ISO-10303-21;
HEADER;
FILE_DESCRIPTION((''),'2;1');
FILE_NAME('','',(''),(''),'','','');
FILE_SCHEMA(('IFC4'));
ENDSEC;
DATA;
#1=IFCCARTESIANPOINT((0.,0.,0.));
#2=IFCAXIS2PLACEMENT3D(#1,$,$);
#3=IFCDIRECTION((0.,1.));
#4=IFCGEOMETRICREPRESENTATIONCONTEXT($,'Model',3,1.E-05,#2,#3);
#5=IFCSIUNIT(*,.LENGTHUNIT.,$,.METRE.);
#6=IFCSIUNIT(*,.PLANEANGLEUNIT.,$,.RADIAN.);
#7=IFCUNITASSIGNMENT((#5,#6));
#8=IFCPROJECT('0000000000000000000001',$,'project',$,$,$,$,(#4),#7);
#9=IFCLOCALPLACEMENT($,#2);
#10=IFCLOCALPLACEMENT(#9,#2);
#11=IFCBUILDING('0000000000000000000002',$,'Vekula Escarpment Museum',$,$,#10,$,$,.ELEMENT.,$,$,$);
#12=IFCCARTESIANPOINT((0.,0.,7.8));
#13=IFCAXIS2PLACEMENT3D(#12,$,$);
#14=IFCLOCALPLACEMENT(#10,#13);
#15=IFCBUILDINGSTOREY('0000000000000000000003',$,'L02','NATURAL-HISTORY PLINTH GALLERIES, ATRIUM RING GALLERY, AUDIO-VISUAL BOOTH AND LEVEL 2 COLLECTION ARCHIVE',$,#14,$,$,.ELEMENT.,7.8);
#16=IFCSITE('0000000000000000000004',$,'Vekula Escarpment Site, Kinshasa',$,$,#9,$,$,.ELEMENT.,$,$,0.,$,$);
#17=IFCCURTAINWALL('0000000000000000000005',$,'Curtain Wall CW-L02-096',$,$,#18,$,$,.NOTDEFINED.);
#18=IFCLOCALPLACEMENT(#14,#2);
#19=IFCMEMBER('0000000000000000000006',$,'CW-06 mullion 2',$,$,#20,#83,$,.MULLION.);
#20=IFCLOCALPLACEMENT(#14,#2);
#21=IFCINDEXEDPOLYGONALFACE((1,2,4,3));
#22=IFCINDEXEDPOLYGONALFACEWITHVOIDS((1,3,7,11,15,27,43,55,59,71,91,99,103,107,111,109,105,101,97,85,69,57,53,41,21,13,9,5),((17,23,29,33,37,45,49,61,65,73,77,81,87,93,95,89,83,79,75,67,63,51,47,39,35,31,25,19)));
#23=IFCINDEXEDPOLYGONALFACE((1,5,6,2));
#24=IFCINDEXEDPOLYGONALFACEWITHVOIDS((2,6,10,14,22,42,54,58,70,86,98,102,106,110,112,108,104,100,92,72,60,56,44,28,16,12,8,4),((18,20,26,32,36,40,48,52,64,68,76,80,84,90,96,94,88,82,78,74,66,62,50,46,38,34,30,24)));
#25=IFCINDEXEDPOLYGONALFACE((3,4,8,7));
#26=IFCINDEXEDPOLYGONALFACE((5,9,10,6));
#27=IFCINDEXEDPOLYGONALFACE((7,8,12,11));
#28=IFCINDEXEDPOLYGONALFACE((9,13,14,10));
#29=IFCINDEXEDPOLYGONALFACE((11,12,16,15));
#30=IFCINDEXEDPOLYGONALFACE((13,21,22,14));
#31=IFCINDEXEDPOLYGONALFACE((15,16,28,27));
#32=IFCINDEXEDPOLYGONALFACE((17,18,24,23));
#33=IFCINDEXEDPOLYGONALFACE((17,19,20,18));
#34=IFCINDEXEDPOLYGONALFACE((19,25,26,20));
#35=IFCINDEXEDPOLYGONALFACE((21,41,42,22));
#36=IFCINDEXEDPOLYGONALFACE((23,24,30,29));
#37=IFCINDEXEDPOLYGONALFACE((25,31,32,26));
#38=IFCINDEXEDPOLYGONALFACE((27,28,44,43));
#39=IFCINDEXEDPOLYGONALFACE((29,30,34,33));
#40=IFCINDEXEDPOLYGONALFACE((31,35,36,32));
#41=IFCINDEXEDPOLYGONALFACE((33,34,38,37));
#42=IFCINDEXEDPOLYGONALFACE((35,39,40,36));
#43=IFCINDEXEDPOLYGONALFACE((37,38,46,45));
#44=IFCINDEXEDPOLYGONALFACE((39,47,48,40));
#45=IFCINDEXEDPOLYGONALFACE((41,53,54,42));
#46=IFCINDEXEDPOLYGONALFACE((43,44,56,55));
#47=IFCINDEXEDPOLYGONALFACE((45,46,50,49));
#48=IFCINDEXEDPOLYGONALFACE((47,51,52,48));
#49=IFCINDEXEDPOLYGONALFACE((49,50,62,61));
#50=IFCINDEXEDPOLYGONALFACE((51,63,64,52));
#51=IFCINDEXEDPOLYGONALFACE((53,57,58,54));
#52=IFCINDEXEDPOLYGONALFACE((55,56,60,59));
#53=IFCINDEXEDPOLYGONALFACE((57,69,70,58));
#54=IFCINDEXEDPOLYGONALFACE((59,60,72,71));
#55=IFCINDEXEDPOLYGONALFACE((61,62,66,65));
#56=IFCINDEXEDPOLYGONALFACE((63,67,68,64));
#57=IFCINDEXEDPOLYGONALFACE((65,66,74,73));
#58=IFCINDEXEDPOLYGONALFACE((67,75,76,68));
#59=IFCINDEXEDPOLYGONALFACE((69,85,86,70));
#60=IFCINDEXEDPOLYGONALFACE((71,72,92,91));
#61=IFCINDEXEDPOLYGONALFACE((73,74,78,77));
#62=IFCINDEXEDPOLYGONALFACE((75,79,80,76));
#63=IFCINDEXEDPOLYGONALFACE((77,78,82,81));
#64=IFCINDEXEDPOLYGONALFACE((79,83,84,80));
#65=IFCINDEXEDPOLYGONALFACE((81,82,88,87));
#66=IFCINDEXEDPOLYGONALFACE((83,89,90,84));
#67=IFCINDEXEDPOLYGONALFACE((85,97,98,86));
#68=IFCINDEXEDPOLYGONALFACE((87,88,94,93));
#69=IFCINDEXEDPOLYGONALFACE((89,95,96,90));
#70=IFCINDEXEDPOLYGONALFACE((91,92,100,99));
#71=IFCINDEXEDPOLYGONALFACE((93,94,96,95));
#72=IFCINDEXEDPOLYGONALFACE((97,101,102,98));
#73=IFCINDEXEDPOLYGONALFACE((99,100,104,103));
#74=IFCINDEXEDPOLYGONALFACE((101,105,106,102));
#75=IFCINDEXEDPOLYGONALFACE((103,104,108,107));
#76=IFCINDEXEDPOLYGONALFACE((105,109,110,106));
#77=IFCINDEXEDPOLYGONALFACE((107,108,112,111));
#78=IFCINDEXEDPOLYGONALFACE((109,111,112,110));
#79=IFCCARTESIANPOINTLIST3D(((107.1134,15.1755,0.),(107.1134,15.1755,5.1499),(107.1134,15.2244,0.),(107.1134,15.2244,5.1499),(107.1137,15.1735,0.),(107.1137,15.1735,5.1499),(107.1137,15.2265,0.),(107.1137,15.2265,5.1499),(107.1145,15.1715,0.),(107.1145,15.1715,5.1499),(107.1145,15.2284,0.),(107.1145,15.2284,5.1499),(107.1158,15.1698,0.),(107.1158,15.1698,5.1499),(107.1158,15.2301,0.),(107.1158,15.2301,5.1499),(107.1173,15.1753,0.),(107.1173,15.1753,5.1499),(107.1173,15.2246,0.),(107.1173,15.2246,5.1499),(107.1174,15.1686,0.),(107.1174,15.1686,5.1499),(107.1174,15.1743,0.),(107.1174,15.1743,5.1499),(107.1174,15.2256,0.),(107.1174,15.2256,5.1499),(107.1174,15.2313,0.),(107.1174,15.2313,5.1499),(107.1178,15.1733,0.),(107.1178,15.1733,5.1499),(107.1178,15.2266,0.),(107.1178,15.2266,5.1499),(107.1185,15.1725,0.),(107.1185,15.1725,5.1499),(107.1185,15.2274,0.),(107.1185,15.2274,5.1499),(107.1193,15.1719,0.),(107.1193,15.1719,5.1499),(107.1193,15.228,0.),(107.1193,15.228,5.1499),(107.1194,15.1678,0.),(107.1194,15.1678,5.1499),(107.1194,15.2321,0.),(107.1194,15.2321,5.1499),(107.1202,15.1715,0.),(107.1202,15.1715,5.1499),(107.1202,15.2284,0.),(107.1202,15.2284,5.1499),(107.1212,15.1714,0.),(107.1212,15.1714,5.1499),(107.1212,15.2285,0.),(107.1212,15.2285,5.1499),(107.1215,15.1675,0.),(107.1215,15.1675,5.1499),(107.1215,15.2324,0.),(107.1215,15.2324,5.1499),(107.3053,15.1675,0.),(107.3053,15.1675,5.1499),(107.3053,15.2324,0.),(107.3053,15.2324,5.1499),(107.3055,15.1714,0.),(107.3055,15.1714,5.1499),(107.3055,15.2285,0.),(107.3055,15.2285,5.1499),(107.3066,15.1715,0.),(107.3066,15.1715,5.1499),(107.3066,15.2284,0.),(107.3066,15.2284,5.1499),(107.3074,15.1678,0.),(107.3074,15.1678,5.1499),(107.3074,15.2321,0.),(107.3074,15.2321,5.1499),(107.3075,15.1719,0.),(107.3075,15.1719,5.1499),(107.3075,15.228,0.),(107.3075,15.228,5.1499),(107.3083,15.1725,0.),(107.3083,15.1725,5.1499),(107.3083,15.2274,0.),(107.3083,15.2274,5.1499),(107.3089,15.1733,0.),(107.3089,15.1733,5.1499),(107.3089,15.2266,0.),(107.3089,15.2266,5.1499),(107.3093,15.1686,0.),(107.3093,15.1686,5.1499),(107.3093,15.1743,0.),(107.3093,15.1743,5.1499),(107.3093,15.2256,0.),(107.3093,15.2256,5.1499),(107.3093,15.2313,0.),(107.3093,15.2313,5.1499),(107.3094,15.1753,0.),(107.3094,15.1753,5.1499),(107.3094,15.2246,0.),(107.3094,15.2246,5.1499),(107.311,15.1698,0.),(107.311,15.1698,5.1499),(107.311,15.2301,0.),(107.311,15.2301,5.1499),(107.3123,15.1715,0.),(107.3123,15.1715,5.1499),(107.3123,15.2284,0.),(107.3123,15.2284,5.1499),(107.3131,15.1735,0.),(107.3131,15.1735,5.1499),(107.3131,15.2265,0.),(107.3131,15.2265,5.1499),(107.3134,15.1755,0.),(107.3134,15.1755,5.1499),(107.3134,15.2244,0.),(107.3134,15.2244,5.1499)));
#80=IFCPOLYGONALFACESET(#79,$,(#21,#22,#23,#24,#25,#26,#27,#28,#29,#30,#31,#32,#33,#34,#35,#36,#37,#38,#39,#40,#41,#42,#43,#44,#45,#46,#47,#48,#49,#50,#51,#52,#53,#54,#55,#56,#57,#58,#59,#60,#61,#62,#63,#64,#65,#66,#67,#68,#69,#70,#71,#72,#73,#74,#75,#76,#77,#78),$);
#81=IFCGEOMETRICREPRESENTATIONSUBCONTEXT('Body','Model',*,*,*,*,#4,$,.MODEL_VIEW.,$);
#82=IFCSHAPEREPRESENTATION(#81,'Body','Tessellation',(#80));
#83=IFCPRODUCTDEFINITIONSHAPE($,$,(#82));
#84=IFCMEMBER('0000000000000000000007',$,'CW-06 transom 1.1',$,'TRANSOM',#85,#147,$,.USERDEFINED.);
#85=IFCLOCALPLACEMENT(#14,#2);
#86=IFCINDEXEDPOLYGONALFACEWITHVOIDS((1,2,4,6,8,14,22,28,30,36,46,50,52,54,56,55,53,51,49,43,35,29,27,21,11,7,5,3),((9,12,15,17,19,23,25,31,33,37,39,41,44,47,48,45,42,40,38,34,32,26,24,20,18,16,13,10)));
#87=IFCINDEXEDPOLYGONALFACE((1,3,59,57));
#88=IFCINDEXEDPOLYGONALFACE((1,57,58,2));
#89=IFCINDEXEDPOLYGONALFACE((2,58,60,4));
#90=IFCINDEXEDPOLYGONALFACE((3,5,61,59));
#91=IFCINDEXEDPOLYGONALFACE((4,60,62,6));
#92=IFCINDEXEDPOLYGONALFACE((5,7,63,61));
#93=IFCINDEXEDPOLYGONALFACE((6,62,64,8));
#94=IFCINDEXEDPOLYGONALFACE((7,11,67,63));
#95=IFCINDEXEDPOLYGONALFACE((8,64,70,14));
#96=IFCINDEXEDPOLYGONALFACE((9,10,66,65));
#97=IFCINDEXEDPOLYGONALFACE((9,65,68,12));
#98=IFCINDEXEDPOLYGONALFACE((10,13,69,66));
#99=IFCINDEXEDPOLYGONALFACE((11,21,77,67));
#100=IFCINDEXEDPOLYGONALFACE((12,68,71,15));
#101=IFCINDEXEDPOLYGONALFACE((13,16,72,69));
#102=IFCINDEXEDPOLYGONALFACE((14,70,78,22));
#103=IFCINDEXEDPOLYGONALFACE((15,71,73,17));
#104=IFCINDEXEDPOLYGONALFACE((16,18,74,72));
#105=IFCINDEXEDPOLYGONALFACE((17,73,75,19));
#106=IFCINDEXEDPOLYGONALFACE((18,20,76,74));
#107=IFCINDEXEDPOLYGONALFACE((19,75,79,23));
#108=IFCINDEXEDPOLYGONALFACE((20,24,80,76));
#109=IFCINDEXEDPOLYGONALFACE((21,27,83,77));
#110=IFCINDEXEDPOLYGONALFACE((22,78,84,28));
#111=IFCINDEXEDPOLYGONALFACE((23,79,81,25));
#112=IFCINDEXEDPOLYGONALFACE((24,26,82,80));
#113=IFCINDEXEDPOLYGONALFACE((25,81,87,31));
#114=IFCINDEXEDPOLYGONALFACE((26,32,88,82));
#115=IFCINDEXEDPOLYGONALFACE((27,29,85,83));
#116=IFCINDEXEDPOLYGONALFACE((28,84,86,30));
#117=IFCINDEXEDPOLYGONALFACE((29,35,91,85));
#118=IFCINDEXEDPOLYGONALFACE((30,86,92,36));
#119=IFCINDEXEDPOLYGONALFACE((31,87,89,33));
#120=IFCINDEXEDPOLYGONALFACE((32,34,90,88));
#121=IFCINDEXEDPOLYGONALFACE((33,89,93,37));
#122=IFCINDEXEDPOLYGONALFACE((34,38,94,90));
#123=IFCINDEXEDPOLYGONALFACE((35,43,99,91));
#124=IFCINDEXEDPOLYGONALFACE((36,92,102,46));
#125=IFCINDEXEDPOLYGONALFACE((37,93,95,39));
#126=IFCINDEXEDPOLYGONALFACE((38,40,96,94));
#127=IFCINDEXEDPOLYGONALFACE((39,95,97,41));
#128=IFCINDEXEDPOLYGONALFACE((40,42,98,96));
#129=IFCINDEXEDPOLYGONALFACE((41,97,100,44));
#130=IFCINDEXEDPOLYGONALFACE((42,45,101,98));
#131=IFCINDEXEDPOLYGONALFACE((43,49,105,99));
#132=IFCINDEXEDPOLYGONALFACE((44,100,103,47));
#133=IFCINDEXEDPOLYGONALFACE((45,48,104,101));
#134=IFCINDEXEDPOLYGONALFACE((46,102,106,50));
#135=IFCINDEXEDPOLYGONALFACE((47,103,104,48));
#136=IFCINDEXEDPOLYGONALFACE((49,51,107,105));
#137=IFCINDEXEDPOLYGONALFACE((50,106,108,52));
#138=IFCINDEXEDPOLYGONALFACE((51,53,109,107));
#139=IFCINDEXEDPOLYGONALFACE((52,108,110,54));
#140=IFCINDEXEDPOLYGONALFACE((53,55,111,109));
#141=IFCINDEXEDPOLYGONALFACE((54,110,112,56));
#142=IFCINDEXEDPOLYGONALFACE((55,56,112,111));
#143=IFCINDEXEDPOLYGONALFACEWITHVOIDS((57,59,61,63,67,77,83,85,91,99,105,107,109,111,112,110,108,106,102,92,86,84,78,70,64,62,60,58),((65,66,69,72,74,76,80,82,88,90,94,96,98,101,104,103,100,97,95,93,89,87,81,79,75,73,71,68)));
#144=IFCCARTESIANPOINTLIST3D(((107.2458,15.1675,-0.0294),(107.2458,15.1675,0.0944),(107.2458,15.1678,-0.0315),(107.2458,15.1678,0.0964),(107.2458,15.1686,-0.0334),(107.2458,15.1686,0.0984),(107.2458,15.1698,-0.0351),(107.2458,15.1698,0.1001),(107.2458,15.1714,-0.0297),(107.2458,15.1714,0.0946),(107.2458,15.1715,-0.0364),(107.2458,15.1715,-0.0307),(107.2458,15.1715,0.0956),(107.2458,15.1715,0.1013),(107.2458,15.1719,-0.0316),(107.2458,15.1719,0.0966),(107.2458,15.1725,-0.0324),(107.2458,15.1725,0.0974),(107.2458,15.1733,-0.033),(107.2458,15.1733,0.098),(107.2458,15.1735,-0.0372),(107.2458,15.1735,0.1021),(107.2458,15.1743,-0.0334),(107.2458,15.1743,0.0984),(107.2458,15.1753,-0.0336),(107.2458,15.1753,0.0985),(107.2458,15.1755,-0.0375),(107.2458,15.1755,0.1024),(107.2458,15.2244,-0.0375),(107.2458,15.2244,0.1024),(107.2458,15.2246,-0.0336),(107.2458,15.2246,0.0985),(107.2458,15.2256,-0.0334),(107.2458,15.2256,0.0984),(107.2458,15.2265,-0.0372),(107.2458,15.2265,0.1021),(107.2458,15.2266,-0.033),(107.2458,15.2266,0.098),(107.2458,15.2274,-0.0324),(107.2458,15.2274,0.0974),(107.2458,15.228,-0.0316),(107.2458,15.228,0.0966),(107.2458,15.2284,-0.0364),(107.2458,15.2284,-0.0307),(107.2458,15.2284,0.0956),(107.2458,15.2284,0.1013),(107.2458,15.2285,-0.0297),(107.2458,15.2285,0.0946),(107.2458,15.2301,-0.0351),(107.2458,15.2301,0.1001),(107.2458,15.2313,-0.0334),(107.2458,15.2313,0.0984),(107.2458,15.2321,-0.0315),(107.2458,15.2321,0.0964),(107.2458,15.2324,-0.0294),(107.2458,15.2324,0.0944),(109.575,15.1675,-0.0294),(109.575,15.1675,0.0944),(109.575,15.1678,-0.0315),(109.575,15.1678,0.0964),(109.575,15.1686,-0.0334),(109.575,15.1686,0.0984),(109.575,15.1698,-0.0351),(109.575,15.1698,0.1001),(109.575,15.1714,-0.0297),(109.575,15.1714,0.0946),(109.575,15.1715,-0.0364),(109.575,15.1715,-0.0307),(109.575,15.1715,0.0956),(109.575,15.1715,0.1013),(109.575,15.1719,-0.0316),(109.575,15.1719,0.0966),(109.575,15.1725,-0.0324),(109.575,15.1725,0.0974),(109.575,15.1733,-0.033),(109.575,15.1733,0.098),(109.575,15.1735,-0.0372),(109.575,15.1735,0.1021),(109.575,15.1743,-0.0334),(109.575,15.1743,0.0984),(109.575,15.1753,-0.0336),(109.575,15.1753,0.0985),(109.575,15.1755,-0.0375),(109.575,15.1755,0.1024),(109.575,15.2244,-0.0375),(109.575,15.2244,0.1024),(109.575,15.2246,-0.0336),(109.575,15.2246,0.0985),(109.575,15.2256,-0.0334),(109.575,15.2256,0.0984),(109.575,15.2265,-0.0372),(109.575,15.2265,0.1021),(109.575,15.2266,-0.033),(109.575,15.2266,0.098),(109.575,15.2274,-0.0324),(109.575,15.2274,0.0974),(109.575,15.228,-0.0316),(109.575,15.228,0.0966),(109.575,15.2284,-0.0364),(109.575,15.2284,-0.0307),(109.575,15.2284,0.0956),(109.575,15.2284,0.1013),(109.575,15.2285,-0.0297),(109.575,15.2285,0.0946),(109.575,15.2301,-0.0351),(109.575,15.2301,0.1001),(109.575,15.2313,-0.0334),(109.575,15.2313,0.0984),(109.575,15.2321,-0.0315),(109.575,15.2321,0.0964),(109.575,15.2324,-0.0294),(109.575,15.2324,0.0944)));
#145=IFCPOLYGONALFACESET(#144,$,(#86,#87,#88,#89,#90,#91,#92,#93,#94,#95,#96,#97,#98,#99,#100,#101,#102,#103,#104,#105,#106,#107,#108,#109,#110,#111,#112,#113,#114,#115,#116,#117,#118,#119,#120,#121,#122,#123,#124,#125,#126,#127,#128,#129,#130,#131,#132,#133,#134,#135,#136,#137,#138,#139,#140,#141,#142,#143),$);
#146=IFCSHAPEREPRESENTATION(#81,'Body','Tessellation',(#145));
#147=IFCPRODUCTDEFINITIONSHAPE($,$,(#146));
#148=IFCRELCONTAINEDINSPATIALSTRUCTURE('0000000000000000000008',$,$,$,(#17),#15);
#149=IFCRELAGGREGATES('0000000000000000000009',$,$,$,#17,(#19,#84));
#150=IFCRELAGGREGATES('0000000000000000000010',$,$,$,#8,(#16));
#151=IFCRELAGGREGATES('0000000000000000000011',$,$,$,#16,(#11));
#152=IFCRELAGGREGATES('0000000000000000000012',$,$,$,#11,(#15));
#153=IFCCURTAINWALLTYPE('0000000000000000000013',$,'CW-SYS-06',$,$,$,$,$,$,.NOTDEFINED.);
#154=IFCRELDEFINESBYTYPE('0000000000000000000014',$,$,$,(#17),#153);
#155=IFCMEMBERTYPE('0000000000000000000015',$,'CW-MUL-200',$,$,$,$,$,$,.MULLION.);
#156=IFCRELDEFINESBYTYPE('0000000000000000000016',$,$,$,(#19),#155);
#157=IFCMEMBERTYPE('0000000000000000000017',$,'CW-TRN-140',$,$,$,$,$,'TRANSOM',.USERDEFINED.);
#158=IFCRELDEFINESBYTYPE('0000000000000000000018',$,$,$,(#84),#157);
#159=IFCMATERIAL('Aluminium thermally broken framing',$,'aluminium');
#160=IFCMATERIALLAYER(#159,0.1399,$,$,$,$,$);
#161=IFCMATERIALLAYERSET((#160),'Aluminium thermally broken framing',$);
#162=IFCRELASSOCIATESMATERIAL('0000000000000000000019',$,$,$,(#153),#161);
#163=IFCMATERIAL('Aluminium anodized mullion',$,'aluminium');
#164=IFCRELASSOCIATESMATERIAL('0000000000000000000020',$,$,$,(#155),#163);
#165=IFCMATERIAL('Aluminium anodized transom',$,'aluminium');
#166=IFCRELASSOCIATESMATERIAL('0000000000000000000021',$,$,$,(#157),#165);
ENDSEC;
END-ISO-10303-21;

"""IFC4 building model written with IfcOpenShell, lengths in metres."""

from ifc_helpers import new_model, si_unit, direction, frame, origin, origin_2d, place, context, subcontext, project, spatial, hollow_rectangle, extrude, material, layer, layer_set, material_profile, profile_set, type_object, element, aggregate, save


model = new_model("IFC4")

# Units and contexts
model_context = context("Model", 3, precision=1e-05, world=origin(), true_north=direction((0.0, 1.0)))
body_context = subcontext(model_context, "Body", "Model", "MODEL_VIEW")
ifc_project = project(units=[si_unit("LENGTHUNIT", "METRE"), si_unit("PLANEANGLEUNIT", "RADIAN")], contexts=[model_context])

# Site, building, storey
site_placement = place(None, origin())
site = spatial("IfcSite", under=ifc_project, at=site_placement, Name="Vekula Escarpment Site, Kinshasa", CompositionType="ELEMENT", RefElevation=0.0)
building_placement = place(site_placement, origin())
building = spatial("IfcBuilding", under=site, at=building_placement, Name="Vekula Escarpment Museum", CompositionType="ELEMENT")
storey_placement = place(building_placement, frame((0.0, 0.0, 7.8)))
storey = spatial("IfcBuildingStorey", under=building, at=storey_placement, Name="L02", Description="NATURAL-HISTORY PLINTH GALLERIES, ATRIUM RING GALLERY, AUDIO-VISUAL BOOTH AND LEVEL 2 COLLECTION ARCHIVE", CompositionType="ELEMENT", Elevation=7.8)

# Curtain wall, members
ifc_material_1 = material(Name="Aluminium thermally broken framing", Category="aluminium")
ifc_layer_1 = layer(ifc_material_1, 0.1399)
ifc_layer_set_1 = layer_set([ifc_layer_1], Name="Aluminium thermally broken framing")
curtain_wall_type = type_object("IfcCurtainWallType", Name="CW-SYS-06", PredefinedType="NOTDEFINED", material=ifc_layer_set_1)
curtain_wall_placement = place(storey_placement, origin())
curtain_wall = element("IfcCurtainWall", 1, at=curtain_wall_placement, inside=storey, type_object=curtain_wall_type, Name="Curtain Wall CW-L02-096", PredefinedType="NOTDEFINED")
ifc_material_2 = material(Name="Aluminium anodized mullion", Category="aluminium")
ifc_material_profile_1 = material_profile(ifc_material_2, hollow_rectangle(XDim=0.0649, YDim=0.2, WallThickness=0.0039, InnerFilletRadius=0.0039, OuterFilletRadius=0.0081, at=origin_2d()), Name="ALU 200x65x4")
ifc_profile_set_1 = profile_set([ifc_material_profile_1], Name="Aluminium anodized mullion")
member_type_1 = type_object("IfcMemberType", Name="CW-MUL-200", PredefinedType="MULLION", material=ifc_profile_set_1)
member_1_placement = place(storey_placement, frame((107.2134, 15.2, 0.0), z_axis=(0.0, 0.0, 1.0), x_axis=(0.0, -1.0, 0.0)))
member_1 = element("IfcMember", 2, at=member_1_placement, type_object=member_type_1, Name="CW-06 mullion 2", PredefinedType="MULLION", context=body_context, shape_type="SweptSolid", body=[
    extrude(hollow_rectangle(XDim=0.0649, YDim=0.2, WallThickness=0.0039, InnerFilletRadius=0.0039, OuterFilletRadius=0.0081, at=origin_2d()), origin(), (0.0, 0.0, 1.0), 5.1499),
])
ifc_material_3 = material(Name="Aluminium anodized transom", Category="aluminium")
ifc_material_profile_2 = material_profile(ifc_material_3, hollow_rectangle(XDim=0.0649, YDim=0.1399, WallThickness=0.0039, InnerFilletRadius=0.0039, OuterFilletRadius=0.0081, at=origin_2d()), Name="ALU 140x65x4")
ifc_profile_set_2 = profile_set([ifc_material_profile_2], Name="Aluminium anodized transom")
member_type_2 = type_object("IfcMemberType", Name="CW-TRN-140", ElementType="TRANSOM", PredefinedType="USERDEFINED", material=ifc_profile_set_2)
member_2_placement = place(storey_placement, frame((109.575, 15.2, 0.0325), z_axis=(-1.0, 0.0, 0.0), x_axis=(0.0, -1.0, 0.0)))
member_2 = element("IfcMember", 3, at=member_2_placement, type_object=member_type_2, Name="CW-06 transom 1.1", ObjectType="TRANSOM", PredefinedType="USERDEFINED", context=body_context, shape_type="SweptSolid", body=[
    extrude(hollow_rectangle(XDim=0.0649, YDim=0.1399, WallThickness=0.0039, InnerFilletRadius=0.0039, OuterFilletRadius=0.0081, at=origin_2d()), origin(), (0.0, 0.0, 1.0), 2.3291),
])

aggregate(curtain_wall, [member_1, member_2])

save(model, "model.ifc")
